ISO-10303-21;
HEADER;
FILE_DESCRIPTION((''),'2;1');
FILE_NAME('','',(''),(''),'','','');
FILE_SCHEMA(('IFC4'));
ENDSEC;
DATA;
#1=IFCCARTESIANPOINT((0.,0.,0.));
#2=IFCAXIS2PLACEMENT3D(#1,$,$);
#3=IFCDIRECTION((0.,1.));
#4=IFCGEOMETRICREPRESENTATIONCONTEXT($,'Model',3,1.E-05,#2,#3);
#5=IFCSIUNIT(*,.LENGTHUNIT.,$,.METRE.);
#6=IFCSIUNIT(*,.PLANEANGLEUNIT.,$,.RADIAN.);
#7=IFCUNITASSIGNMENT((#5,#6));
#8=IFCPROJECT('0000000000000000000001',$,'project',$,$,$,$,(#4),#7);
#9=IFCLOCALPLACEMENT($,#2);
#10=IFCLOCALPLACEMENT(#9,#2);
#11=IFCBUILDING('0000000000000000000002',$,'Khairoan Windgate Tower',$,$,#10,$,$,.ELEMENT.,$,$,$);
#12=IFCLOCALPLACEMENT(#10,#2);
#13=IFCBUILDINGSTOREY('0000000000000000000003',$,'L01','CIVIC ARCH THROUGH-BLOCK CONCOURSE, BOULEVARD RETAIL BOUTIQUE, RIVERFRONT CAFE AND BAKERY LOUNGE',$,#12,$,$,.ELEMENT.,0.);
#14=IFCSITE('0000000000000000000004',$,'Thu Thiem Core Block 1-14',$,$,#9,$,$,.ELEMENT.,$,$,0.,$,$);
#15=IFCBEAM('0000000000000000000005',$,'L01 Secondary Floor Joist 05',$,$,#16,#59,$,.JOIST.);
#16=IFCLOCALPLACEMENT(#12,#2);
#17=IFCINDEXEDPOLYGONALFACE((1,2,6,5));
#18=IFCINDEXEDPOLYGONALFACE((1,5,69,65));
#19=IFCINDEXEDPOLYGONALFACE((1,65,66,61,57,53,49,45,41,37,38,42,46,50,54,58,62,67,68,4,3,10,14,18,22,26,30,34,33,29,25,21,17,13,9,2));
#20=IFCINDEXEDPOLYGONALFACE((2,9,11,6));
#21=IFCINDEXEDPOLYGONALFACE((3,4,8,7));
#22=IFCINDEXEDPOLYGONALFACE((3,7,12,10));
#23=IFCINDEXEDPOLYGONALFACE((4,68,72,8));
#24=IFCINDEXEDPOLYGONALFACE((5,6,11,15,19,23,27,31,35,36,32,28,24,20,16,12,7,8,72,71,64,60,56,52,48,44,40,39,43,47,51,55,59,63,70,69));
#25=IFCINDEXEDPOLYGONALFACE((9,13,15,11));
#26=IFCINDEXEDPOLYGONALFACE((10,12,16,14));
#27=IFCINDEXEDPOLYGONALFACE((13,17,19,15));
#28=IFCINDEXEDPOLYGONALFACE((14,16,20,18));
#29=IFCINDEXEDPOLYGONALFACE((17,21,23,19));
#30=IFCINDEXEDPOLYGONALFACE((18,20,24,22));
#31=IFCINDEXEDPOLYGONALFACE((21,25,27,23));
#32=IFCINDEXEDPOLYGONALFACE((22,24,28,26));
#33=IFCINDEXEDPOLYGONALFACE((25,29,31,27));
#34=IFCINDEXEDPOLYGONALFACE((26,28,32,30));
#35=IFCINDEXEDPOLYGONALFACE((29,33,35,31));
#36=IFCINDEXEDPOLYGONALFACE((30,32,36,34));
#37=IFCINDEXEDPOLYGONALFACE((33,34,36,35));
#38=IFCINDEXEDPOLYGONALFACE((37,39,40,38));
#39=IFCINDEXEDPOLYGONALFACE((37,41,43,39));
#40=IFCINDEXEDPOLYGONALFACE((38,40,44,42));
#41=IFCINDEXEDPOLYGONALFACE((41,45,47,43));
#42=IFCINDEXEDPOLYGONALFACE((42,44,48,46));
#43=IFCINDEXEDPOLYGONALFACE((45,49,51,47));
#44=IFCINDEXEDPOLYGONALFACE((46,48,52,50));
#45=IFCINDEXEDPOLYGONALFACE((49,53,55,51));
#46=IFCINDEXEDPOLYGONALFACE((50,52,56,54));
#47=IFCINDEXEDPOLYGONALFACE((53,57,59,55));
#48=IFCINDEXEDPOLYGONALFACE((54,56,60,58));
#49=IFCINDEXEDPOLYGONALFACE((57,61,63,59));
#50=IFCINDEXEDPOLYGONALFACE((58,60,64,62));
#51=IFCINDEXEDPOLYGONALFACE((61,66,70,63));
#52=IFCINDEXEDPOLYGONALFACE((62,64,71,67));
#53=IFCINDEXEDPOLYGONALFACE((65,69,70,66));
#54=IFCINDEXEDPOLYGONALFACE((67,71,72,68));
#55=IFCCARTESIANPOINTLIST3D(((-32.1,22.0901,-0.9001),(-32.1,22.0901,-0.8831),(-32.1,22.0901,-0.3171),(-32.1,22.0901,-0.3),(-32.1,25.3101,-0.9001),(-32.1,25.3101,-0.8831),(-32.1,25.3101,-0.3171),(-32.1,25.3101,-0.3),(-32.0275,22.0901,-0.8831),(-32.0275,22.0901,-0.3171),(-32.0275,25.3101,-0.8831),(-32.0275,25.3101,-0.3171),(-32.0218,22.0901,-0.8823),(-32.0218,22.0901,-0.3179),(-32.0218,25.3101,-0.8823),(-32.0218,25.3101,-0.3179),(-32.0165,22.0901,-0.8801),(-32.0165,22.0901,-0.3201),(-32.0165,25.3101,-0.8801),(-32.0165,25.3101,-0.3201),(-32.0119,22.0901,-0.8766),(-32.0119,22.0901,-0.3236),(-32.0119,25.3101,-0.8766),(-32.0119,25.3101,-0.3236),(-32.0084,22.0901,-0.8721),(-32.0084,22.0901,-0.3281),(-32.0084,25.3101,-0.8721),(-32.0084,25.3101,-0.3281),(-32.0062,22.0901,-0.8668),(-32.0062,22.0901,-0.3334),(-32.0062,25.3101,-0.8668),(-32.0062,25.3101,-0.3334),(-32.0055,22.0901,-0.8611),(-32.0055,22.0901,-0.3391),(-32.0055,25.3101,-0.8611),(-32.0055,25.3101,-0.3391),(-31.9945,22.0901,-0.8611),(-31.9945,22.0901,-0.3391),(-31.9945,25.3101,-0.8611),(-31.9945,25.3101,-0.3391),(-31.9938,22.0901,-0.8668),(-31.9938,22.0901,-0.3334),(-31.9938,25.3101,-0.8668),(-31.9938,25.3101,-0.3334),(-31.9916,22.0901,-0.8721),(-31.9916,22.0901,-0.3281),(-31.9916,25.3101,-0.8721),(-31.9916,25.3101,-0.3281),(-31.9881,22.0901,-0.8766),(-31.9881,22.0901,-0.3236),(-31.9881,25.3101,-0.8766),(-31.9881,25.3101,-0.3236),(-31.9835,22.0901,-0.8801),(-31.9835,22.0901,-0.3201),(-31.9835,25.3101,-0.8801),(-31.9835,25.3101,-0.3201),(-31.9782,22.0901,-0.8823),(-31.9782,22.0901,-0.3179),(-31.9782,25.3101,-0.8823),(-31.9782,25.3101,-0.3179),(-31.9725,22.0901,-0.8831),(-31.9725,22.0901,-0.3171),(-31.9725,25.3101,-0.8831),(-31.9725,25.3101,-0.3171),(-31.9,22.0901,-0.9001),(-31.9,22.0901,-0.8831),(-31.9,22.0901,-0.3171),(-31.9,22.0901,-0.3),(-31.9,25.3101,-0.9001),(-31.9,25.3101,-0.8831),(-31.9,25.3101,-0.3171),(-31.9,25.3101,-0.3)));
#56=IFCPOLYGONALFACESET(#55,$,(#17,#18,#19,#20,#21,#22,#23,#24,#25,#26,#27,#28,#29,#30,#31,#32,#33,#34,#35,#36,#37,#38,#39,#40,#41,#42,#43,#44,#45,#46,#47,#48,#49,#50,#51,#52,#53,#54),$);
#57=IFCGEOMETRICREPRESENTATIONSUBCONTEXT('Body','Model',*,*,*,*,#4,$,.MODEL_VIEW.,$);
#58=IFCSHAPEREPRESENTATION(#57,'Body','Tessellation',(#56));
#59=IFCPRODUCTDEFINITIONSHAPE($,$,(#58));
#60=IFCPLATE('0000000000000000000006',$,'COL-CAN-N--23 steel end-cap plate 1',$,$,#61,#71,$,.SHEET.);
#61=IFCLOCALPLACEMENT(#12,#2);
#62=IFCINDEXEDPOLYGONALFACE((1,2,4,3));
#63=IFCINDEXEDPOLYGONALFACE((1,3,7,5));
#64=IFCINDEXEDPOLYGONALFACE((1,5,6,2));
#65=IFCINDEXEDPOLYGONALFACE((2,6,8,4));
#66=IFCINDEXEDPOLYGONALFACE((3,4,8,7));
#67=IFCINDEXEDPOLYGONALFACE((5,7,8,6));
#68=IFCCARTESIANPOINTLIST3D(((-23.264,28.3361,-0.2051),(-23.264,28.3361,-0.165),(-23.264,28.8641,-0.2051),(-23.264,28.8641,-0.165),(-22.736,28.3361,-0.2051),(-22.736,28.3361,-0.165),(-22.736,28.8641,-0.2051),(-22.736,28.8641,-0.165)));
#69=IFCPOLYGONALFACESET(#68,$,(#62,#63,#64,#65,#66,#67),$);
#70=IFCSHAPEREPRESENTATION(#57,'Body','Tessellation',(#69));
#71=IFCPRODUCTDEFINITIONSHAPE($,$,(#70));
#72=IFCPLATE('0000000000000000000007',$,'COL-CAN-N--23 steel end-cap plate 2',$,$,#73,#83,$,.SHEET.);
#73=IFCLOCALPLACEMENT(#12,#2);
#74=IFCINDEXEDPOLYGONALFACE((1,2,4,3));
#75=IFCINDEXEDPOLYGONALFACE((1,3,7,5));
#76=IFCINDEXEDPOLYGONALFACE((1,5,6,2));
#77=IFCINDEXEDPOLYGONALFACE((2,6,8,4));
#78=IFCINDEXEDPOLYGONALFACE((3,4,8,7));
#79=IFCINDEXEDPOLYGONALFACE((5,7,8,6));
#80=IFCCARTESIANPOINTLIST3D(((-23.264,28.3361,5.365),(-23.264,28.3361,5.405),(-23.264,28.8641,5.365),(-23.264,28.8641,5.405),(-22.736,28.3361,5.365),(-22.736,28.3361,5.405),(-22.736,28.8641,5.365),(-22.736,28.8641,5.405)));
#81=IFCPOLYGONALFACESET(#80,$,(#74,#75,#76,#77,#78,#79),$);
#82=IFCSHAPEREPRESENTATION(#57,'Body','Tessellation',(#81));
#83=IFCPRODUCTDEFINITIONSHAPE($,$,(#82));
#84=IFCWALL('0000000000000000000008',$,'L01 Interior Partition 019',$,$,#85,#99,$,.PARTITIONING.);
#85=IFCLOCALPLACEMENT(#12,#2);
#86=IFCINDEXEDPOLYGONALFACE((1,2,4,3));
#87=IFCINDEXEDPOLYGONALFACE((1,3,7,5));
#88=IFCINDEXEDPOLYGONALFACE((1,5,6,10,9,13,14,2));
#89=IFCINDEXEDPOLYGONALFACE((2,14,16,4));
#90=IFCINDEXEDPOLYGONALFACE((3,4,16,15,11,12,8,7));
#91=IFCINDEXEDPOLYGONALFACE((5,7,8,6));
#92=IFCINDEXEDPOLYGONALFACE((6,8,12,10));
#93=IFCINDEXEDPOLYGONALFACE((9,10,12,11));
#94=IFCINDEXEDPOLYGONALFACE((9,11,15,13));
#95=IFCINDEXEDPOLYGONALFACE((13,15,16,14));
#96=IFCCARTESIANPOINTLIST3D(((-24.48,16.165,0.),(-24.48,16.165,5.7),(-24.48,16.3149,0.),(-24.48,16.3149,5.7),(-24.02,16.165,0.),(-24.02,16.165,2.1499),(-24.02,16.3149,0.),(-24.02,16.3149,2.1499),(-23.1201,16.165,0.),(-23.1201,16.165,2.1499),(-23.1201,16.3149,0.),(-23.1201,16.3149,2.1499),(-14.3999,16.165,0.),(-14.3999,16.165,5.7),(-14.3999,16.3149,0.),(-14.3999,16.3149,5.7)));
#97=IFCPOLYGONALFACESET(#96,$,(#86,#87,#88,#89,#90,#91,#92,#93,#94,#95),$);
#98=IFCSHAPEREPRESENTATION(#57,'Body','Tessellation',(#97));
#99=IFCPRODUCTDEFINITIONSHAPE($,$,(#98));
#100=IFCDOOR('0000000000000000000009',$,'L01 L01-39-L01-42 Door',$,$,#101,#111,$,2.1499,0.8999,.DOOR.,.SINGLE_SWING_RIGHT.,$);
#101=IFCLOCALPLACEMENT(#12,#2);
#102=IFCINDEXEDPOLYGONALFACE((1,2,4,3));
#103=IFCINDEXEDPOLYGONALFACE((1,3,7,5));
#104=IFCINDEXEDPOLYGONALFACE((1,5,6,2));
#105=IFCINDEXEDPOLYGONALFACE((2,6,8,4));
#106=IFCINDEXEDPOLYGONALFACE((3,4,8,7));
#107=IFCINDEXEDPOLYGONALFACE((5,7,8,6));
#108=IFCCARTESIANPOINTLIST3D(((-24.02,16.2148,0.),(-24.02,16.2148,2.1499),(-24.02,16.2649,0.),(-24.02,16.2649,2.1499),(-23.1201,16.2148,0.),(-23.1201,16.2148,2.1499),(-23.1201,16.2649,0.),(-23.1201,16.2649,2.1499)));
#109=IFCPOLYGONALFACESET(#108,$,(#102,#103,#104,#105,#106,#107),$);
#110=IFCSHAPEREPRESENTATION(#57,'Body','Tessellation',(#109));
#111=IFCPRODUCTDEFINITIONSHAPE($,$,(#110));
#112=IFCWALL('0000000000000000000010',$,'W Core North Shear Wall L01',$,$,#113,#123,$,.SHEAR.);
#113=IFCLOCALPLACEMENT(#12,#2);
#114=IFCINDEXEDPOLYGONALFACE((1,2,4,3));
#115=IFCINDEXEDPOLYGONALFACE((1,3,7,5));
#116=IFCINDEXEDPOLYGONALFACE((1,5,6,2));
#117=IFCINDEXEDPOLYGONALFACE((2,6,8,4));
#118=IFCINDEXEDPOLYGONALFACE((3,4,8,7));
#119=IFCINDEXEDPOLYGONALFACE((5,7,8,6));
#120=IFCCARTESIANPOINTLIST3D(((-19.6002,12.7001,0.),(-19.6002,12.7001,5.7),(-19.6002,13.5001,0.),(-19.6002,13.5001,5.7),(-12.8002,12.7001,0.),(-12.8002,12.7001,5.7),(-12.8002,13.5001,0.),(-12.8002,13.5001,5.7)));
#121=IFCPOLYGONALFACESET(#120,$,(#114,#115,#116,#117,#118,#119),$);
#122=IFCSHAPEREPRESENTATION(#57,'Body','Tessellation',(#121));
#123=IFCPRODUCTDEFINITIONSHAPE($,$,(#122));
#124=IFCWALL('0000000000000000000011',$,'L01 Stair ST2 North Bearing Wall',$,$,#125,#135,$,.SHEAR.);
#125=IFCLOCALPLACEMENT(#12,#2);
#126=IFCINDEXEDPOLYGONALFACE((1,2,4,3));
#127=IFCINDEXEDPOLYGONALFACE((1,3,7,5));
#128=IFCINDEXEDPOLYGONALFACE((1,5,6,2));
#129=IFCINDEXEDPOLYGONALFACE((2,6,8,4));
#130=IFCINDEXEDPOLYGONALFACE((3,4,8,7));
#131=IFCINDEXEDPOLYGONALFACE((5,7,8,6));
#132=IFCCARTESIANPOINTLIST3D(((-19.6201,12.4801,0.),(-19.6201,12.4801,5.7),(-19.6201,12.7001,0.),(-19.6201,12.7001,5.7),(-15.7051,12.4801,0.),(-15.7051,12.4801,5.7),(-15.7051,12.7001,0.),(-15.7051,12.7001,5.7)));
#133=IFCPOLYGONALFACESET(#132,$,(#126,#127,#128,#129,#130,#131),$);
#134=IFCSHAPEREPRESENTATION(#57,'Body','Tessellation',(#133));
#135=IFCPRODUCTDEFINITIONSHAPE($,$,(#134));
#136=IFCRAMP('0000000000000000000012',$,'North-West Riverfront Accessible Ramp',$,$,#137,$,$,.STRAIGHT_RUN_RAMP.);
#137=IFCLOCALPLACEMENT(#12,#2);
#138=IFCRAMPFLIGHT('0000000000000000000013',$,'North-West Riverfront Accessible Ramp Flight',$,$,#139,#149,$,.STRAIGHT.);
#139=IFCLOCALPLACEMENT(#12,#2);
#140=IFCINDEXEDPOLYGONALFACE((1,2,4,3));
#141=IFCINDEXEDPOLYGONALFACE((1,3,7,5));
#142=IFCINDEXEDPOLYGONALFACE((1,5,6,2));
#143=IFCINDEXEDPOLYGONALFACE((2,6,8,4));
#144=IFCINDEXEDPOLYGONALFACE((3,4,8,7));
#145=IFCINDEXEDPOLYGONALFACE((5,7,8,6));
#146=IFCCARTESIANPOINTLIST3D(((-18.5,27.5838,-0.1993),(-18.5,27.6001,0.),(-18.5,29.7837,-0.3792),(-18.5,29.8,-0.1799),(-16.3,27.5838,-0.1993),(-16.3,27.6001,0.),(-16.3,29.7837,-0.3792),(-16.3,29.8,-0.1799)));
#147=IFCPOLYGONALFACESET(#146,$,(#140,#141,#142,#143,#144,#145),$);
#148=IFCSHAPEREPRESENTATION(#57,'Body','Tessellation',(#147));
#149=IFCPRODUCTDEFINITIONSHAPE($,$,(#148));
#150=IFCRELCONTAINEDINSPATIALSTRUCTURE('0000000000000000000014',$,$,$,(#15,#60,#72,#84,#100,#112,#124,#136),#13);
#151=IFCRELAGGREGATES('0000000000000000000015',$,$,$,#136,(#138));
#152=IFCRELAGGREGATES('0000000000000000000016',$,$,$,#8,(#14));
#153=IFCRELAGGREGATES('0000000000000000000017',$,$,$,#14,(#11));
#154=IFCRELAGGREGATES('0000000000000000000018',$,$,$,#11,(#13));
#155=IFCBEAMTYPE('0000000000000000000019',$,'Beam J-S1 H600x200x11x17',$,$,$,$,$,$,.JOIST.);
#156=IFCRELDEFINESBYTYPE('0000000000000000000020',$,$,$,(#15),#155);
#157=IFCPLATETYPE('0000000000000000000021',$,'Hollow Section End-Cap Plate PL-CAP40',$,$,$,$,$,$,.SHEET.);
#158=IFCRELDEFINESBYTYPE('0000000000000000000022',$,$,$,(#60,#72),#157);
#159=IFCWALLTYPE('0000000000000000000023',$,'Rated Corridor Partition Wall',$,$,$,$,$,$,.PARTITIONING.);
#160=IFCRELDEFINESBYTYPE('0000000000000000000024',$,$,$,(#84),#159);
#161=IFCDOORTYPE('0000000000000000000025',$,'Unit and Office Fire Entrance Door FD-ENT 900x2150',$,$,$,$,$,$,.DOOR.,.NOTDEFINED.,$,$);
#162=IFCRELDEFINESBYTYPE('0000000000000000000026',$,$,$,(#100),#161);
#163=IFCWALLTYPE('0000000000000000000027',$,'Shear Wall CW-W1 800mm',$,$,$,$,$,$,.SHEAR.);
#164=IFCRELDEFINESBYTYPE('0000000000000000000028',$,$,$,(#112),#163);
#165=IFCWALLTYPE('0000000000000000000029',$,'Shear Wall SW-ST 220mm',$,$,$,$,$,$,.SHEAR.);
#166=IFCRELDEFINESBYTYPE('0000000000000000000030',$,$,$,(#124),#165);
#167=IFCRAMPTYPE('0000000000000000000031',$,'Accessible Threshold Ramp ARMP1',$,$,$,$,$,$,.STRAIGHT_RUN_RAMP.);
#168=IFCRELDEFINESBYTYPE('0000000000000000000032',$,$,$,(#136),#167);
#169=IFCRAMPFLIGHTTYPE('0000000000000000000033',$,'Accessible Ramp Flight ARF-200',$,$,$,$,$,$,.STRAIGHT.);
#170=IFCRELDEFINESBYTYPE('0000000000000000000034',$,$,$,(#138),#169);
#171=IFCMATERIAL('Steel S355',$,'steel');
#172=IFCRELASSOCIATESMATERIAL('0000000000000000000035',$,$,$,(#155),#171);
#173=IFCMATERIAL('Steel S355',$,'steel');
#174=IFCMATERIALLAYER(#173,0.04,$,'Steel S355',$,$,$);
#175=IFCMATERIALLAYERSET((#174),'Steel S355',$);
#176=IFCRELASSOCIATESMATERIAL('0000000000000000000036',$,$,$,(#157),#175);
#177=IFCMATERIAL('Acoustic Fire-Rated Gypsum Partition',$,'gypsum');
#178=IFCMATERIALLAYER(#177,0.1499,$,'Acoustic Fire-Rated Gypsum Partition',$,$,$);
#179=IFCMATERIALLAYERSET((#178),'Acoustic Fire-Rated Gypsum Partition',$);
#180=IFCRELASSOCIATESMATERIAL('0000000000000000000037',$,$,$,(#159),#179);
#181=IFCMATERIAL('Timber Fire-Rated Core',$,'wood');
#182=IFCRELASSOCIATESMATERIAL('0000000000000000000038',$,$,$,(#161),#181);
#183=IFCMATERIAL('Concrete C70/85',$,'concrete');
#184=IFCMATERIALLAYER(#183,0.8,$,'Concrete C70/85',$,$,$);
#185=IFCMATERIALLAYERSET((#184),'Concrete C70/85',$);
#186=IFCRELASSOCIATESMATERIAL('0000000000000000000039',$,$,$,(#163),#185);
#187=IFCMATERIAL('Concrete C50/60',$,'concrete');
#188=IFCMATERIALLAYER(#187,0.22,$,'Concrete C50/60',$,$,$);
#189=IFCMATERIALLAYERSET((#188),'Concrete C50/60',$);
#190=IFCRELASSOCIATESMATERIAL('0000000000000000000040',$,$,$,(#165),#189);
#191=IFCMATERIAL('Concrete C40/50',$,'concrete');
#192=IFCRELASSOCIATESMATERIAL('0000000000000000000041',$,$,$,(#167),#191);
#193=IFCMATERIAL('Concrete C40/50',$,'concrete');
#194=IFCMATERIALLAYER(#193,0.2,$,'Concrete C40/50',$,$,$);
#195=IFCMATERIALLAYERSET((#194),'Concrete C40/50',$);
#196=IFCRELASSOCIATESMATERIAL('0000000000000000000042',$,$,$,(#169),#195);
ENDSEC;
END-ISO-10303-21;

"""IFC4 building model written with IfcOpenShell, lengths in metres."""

from ifc_helpers import new_model, si_unit, direction, frame, frame_2d, origin, origin_2d, place, context, subcontext, project, spatial, polyline, rectangle, i_section, outline, extrude, material, layer, layer_set, material_profile, profile_set, type_object, element, fill, aggregate, save


model = new_model("IFC4")

# Units and contexts
model_context = context("Model", 3, precision=1e-05, world=origin(), true_north=direction((0.0, 1.0)))
body_context = subcontext(model_context, "Body", "Model", "MODEL_VIEW")
ifc_project = project(units=[si_unit("LENGTHUNIT", "METRE"), si_unit("PLANEANGLEUNIT", "RADIAN")], contexts=[model_context])

# Site, building, storey
site_placement = place(None, origin())
site = spatial("IfcSite", under=ifc_project, at=site_placement, Name="Thu Thiem Core Block 1-14", CompositionType="ELEMENT", RefElevation=0.0)
building_placement = place(site_placement, origin())
building = spatial("IfcBuilding", under=site, at=building_placement, Name="Khairoan Windgate Tower", CompositionType="ELEMENT")
storey_placement = place(building_placement, origin())
storey = spatial("IfcBuildingStorey", under=building, at=storey_placement, Name="L01", Description="CIVIC ARCH THROUGH-BLOCK CONCOURSE, BOULEVARD RETAIL BOUTIQUE, RIVERFRONT CAFE AND BAKERY LOUNGE", CompositionType="ELEMENT", Elevation=0.0)

# Beam
ifc_material_1 = material(Name="Steel S355", Category="steel")
ifc_material_profile_1 = material_profile(ifc_material_1, i_section(OverallWidth=0.2, OverallDepth=0.6001, WebThickness=0.011, FlangeThickness=0.0171, FilletRadius=0.022, at=origin_2d()))
ifc_profile_set_1 = profile_set([ifc_material_profile_1], Name="Steel S355")
beam_type_1 = type_object("IfcBeamType", Name="Beam J-S1 H600x200x11x17", PredefinedType="JOIST", material=ifc_profile_set_1)
beam_1_placement = place(storey_placement, frame((-32.0, 22.0901, -0.6001), z_axis=(0.0, 1.0, 0.0), x_axis=(-1.0, 0.0, 0.0)))
element("IfcBeam", 1, at=beam_1_placement, inside=storey, type_object=beam_type_1, Name="L01 Secondary Floor Joist 05", PredefinedType="JOIST", context=body_context, shape_type="SweptSolid", body=[
    extrude(i_section(OverallWidth=0.2, OverallDepth=0.6001, WebThickness=0.011, FlangeThickness=0.0171, FilletRadius=0.022, at=origin_2d()), origin(), (0.0, 0.0, 1.0), 3.22),
])

# Plates
ifc_material_2 = material(Name="Steel S355", Category="steel")
ifc_layer_1 = layer(ifc_material_2, 0.04, Name="Steel S355")
ifc_layer_set_1 = layer_set([ifc_layer_1], Name="Steel S355")
plate_type = type_object("IfcPlateType", Name="Hollow Section End-Cap Plate PL-CAP40", PredefinedType="SHEET", material=ifc_layer_set_1)
for number, where, z_axis, x_axis, name in (
    (2, (-23.0, 28.6001, -0.2051), (0.0, 0.0, 1.0), (1.0, 0.0, 0.0), "COL-CAN-N--23 steel end-cap plate 1"),
    (3, (-23.0, 28.6001, 5.365), (0.0, 0.0, 1.0), (1.0, 0.0, 0.0), "COL-CAN-N--23 steel end-cap plate 2"),
):
    element("IfcPlate", number, at=place(storey_placement, frame(where, z_axis=z_axis, x_axis=x_axis)), inside=storey, type_object=plate_type, Name=name, PredefinedType="SHEET", context=body_context, shape_type="SweptSolid", body=[
        extrude(rectangle(XDim=0.5281, YDim=0.5281, at=origin_2d()), origin(), (0.0, 0.0, 1.0), 0.04),
    ])

# Wall, opening, door
ifc_material_3 = material(Name="Acoustic Fire-Rated Gypsum Partition", Category="gypsum")
ifc_layer_2 = layer(ifc_material_3, 0.1499, Name="Acoustic Fire-Rated Gypsum Partition")
ifc_layer_set_2 = layer_set([ifc_layer_2], Name="Acoustic Fire-Rated Gypsum Partition")
wall_type_1 = type_object("IfcWallType", Name="Rated Corridor Partition Wall", PredefinedType="PARTITIONING", material=ifc_layer_set_2)
wall_1_placement = place(storey_placement, frame((-24.48, 16.24, 0.0), z_axis=(0.0, 0.0, 1.0), x_axis=(1.0, 0.0, 0.0)))
wall_1 = element("IfcWall", 4, at=wall_1_placement, inside=storey, type_object=wall_type_1, Name="L01 Interior Partition 019", PredefinedType="PARTITIONING", context=body_context, shape_type="SweptSolid", body=[
    extrude(rectangle(XDim=10.0801, YDim=0.1499, at=frame_2d((5.04, 0.0))), origin(), (0.0, 0.0, 1.0), 5.7),
])
opening_1_placement = place(wall_1_placement, frame((0.46, 0.0, 0.0)))
opening_1 = element("IfcOpeningElement", 5, at=opening_1_placement, cuts=wall_1, PredefinedType="OPENING", context=body_context, shape_type="SweptSolid", body=[
    extrude(rectangle(XDim=0.8999, YDim=2.1499, at=frame_2d((0.45, 1.075))), frame((0.0, 0.085, 0.0), z_axis=(0.0, -1.0, 0.0), x_axis=(1.0, 0.0, 0.0)), (0.0, 0.0, 1.0), 0.1699),
])
ifc_material_4 = material(Name="Timber Fire-Rated Core", Category="wood")
door_type_1 = type_object("IfcDoorType", Name="Unit and Office Fire Entrance Door FD-ENT 900x2150", OperationType="NOTDEFINED", PredefinedType="DOOR", material=ifc_material_4)
door_1_placement = place(opening_1_placement, origin())
door_1 = element("IfcDoor", 6, at=door_1_placement, inside=storey, type_object=door_type_1, Name="L01 L01-39-L01-42 Door", OperationType="SINGLE_SWING_RIGHT", OverallHeight=2.1499, OverallWidth=0.8999, PredefinedType="DOOR", context=body_context, shape_type="SweptSolid", body=[
    extrude(rectangle(XDim=0.8999, YDim=2.1499, at=frame_2d((0.45, 1.075))), frame((0.0, 0.0249, 0.0), z_axis=(0.0, -1.0, 0.0), x_axis=(1.0, 0.0, 0.0)), (0.0, 0.0, 1.0), 0.05),
])
fill(opening_1, door_1)

# Walls
ifc_material_5 = material(Name="Concrete C70/85", Category="concrete")
ifc_layer_3 = layer(ifc_material_5, 0.8, Name="Concrete C70/85")
ifc_layer_set_3 = layer_set([ifc_layer_3], Name="Concrete C70/85")
wall_type_2 = type_object("IfcWallType", Name="Shear Wall CW-W1 800mm", PredefinedType="SHEAR", material=ifc_layer_set_3)
wall_2_placement = place(storey_placement, frame((-19.6001, 13.1001, 0.0), z_axis=(0.0, 0.0, 1.0), x_axis=(1.0, 0.0, 0.0)))
element("IfcWall", 7, at=wall_2_placement, inside=storey, type_object=wall_type_2, Name="W Core North Shear Wall L01", PredefinedType="SHEAR", context=body_context, shape_type="SweptSolid", body=[
    extrude(rectangle(XDim=6.8, YDim=0.8, at=frame_2d((3.3999, 0.0))), origin(), (0.0, 0.0, 1.0), 5.7),
])
ifc_material_6 = material(Name="Concrete C50/60", Category="concrete")
ifc_layer_4 = layer(ifc_material_6, 0.22, Name="Concrete C50/60")
ifc_layer_set_4 = layer_set([ifc_layer_4], Name="Concrete C50/60")
wall_type_3 = type_object("IfcWallType", Name="Shear Wall SW-ST 220mm", PredefinedType="SHEAR", material=ifc_layer_set_4)
wall_3_placement = place(storey_placement, frame((-19.6201, 12.5901, 0.0), z_axis=(0.0, 0.0, 1.0), x_axis=(1.0, 0.0, 0.0)))
element("IfcWall", 8, at=wall_3_placement, inside=storey, type_object=wall_type_3, Name="L01 Stair ST2 North Bearing Wall", PredefinedType="SHEAR", context=body_context, shape_type="SweptSolid", body=[
    extrude(rectangle(XDim=3.915, YDim=0.22, at=frame_2d((1.9575, 0.0))), origin(), (0.0, 0.0, 1.0), 5.7),
])

# Ramp, ramp flight
ifc_material_7 = material(Name="Concrete C40/50", Category="concrete")
ramp_type = type_object("IfcRampType", Name="Accessible Threshold Ramp ARMP1", PredefinedType="STRAIGHT_RUN_RAMP", material=ifc_material_7)
ramp_placement = place(storey_placement, origin())
ramp = element("IfcRamp", 9, at=ramp_placement, inside=storey, type_object=ramp_type, Name="North-West Riverfront Accessible Ramp", PredefinedType="STRAIGHT_RUN_RAMP")
ifc_material_8 = material(Name="Concrete C40/50", Category="concrete")
ifc_layer_5 = layer(ifc_material_8, 0.2, Name="Concrete C40/50")
ifc_layer_set_5 = layer_set([ifc_layer_5], Name="Concrete C40/50")
ramp_flight_type = type_object("IfcRampFlightType", Name="Accessible Ramp Flight ARF-200", PredefinedType="STRAIGHT", material=ifc_layer_set_5)
ramp_flight_placement = place(storey_placement, frame((-18.5, 27.6001, 0.0), z_axis=(0.0, 0.081517, 0.996672), x_axis=(1.0, 0.0, 0.0)))
ramp_flight = element("IfcRampFlight", 10, at=ramp_flight_placement, type_object=ramp_flight_type, Name="North-West Riverfront Accessible Ramp Flight", PredefinedType="STRAIGHT", context=body_context, shape_type="SweptSolid", body=[
    extrude(outline(polyline([(0.0, 0.0), (2.2, 0.0), (2.2, 2.2073), (0.0, 2.2073), (0.0, 0.0)])), origin(), (0.0, 0.0, -1.0), 0.2),
])
aggregate(ramp, [ramp_flight])

save(model, "model.ifc")
